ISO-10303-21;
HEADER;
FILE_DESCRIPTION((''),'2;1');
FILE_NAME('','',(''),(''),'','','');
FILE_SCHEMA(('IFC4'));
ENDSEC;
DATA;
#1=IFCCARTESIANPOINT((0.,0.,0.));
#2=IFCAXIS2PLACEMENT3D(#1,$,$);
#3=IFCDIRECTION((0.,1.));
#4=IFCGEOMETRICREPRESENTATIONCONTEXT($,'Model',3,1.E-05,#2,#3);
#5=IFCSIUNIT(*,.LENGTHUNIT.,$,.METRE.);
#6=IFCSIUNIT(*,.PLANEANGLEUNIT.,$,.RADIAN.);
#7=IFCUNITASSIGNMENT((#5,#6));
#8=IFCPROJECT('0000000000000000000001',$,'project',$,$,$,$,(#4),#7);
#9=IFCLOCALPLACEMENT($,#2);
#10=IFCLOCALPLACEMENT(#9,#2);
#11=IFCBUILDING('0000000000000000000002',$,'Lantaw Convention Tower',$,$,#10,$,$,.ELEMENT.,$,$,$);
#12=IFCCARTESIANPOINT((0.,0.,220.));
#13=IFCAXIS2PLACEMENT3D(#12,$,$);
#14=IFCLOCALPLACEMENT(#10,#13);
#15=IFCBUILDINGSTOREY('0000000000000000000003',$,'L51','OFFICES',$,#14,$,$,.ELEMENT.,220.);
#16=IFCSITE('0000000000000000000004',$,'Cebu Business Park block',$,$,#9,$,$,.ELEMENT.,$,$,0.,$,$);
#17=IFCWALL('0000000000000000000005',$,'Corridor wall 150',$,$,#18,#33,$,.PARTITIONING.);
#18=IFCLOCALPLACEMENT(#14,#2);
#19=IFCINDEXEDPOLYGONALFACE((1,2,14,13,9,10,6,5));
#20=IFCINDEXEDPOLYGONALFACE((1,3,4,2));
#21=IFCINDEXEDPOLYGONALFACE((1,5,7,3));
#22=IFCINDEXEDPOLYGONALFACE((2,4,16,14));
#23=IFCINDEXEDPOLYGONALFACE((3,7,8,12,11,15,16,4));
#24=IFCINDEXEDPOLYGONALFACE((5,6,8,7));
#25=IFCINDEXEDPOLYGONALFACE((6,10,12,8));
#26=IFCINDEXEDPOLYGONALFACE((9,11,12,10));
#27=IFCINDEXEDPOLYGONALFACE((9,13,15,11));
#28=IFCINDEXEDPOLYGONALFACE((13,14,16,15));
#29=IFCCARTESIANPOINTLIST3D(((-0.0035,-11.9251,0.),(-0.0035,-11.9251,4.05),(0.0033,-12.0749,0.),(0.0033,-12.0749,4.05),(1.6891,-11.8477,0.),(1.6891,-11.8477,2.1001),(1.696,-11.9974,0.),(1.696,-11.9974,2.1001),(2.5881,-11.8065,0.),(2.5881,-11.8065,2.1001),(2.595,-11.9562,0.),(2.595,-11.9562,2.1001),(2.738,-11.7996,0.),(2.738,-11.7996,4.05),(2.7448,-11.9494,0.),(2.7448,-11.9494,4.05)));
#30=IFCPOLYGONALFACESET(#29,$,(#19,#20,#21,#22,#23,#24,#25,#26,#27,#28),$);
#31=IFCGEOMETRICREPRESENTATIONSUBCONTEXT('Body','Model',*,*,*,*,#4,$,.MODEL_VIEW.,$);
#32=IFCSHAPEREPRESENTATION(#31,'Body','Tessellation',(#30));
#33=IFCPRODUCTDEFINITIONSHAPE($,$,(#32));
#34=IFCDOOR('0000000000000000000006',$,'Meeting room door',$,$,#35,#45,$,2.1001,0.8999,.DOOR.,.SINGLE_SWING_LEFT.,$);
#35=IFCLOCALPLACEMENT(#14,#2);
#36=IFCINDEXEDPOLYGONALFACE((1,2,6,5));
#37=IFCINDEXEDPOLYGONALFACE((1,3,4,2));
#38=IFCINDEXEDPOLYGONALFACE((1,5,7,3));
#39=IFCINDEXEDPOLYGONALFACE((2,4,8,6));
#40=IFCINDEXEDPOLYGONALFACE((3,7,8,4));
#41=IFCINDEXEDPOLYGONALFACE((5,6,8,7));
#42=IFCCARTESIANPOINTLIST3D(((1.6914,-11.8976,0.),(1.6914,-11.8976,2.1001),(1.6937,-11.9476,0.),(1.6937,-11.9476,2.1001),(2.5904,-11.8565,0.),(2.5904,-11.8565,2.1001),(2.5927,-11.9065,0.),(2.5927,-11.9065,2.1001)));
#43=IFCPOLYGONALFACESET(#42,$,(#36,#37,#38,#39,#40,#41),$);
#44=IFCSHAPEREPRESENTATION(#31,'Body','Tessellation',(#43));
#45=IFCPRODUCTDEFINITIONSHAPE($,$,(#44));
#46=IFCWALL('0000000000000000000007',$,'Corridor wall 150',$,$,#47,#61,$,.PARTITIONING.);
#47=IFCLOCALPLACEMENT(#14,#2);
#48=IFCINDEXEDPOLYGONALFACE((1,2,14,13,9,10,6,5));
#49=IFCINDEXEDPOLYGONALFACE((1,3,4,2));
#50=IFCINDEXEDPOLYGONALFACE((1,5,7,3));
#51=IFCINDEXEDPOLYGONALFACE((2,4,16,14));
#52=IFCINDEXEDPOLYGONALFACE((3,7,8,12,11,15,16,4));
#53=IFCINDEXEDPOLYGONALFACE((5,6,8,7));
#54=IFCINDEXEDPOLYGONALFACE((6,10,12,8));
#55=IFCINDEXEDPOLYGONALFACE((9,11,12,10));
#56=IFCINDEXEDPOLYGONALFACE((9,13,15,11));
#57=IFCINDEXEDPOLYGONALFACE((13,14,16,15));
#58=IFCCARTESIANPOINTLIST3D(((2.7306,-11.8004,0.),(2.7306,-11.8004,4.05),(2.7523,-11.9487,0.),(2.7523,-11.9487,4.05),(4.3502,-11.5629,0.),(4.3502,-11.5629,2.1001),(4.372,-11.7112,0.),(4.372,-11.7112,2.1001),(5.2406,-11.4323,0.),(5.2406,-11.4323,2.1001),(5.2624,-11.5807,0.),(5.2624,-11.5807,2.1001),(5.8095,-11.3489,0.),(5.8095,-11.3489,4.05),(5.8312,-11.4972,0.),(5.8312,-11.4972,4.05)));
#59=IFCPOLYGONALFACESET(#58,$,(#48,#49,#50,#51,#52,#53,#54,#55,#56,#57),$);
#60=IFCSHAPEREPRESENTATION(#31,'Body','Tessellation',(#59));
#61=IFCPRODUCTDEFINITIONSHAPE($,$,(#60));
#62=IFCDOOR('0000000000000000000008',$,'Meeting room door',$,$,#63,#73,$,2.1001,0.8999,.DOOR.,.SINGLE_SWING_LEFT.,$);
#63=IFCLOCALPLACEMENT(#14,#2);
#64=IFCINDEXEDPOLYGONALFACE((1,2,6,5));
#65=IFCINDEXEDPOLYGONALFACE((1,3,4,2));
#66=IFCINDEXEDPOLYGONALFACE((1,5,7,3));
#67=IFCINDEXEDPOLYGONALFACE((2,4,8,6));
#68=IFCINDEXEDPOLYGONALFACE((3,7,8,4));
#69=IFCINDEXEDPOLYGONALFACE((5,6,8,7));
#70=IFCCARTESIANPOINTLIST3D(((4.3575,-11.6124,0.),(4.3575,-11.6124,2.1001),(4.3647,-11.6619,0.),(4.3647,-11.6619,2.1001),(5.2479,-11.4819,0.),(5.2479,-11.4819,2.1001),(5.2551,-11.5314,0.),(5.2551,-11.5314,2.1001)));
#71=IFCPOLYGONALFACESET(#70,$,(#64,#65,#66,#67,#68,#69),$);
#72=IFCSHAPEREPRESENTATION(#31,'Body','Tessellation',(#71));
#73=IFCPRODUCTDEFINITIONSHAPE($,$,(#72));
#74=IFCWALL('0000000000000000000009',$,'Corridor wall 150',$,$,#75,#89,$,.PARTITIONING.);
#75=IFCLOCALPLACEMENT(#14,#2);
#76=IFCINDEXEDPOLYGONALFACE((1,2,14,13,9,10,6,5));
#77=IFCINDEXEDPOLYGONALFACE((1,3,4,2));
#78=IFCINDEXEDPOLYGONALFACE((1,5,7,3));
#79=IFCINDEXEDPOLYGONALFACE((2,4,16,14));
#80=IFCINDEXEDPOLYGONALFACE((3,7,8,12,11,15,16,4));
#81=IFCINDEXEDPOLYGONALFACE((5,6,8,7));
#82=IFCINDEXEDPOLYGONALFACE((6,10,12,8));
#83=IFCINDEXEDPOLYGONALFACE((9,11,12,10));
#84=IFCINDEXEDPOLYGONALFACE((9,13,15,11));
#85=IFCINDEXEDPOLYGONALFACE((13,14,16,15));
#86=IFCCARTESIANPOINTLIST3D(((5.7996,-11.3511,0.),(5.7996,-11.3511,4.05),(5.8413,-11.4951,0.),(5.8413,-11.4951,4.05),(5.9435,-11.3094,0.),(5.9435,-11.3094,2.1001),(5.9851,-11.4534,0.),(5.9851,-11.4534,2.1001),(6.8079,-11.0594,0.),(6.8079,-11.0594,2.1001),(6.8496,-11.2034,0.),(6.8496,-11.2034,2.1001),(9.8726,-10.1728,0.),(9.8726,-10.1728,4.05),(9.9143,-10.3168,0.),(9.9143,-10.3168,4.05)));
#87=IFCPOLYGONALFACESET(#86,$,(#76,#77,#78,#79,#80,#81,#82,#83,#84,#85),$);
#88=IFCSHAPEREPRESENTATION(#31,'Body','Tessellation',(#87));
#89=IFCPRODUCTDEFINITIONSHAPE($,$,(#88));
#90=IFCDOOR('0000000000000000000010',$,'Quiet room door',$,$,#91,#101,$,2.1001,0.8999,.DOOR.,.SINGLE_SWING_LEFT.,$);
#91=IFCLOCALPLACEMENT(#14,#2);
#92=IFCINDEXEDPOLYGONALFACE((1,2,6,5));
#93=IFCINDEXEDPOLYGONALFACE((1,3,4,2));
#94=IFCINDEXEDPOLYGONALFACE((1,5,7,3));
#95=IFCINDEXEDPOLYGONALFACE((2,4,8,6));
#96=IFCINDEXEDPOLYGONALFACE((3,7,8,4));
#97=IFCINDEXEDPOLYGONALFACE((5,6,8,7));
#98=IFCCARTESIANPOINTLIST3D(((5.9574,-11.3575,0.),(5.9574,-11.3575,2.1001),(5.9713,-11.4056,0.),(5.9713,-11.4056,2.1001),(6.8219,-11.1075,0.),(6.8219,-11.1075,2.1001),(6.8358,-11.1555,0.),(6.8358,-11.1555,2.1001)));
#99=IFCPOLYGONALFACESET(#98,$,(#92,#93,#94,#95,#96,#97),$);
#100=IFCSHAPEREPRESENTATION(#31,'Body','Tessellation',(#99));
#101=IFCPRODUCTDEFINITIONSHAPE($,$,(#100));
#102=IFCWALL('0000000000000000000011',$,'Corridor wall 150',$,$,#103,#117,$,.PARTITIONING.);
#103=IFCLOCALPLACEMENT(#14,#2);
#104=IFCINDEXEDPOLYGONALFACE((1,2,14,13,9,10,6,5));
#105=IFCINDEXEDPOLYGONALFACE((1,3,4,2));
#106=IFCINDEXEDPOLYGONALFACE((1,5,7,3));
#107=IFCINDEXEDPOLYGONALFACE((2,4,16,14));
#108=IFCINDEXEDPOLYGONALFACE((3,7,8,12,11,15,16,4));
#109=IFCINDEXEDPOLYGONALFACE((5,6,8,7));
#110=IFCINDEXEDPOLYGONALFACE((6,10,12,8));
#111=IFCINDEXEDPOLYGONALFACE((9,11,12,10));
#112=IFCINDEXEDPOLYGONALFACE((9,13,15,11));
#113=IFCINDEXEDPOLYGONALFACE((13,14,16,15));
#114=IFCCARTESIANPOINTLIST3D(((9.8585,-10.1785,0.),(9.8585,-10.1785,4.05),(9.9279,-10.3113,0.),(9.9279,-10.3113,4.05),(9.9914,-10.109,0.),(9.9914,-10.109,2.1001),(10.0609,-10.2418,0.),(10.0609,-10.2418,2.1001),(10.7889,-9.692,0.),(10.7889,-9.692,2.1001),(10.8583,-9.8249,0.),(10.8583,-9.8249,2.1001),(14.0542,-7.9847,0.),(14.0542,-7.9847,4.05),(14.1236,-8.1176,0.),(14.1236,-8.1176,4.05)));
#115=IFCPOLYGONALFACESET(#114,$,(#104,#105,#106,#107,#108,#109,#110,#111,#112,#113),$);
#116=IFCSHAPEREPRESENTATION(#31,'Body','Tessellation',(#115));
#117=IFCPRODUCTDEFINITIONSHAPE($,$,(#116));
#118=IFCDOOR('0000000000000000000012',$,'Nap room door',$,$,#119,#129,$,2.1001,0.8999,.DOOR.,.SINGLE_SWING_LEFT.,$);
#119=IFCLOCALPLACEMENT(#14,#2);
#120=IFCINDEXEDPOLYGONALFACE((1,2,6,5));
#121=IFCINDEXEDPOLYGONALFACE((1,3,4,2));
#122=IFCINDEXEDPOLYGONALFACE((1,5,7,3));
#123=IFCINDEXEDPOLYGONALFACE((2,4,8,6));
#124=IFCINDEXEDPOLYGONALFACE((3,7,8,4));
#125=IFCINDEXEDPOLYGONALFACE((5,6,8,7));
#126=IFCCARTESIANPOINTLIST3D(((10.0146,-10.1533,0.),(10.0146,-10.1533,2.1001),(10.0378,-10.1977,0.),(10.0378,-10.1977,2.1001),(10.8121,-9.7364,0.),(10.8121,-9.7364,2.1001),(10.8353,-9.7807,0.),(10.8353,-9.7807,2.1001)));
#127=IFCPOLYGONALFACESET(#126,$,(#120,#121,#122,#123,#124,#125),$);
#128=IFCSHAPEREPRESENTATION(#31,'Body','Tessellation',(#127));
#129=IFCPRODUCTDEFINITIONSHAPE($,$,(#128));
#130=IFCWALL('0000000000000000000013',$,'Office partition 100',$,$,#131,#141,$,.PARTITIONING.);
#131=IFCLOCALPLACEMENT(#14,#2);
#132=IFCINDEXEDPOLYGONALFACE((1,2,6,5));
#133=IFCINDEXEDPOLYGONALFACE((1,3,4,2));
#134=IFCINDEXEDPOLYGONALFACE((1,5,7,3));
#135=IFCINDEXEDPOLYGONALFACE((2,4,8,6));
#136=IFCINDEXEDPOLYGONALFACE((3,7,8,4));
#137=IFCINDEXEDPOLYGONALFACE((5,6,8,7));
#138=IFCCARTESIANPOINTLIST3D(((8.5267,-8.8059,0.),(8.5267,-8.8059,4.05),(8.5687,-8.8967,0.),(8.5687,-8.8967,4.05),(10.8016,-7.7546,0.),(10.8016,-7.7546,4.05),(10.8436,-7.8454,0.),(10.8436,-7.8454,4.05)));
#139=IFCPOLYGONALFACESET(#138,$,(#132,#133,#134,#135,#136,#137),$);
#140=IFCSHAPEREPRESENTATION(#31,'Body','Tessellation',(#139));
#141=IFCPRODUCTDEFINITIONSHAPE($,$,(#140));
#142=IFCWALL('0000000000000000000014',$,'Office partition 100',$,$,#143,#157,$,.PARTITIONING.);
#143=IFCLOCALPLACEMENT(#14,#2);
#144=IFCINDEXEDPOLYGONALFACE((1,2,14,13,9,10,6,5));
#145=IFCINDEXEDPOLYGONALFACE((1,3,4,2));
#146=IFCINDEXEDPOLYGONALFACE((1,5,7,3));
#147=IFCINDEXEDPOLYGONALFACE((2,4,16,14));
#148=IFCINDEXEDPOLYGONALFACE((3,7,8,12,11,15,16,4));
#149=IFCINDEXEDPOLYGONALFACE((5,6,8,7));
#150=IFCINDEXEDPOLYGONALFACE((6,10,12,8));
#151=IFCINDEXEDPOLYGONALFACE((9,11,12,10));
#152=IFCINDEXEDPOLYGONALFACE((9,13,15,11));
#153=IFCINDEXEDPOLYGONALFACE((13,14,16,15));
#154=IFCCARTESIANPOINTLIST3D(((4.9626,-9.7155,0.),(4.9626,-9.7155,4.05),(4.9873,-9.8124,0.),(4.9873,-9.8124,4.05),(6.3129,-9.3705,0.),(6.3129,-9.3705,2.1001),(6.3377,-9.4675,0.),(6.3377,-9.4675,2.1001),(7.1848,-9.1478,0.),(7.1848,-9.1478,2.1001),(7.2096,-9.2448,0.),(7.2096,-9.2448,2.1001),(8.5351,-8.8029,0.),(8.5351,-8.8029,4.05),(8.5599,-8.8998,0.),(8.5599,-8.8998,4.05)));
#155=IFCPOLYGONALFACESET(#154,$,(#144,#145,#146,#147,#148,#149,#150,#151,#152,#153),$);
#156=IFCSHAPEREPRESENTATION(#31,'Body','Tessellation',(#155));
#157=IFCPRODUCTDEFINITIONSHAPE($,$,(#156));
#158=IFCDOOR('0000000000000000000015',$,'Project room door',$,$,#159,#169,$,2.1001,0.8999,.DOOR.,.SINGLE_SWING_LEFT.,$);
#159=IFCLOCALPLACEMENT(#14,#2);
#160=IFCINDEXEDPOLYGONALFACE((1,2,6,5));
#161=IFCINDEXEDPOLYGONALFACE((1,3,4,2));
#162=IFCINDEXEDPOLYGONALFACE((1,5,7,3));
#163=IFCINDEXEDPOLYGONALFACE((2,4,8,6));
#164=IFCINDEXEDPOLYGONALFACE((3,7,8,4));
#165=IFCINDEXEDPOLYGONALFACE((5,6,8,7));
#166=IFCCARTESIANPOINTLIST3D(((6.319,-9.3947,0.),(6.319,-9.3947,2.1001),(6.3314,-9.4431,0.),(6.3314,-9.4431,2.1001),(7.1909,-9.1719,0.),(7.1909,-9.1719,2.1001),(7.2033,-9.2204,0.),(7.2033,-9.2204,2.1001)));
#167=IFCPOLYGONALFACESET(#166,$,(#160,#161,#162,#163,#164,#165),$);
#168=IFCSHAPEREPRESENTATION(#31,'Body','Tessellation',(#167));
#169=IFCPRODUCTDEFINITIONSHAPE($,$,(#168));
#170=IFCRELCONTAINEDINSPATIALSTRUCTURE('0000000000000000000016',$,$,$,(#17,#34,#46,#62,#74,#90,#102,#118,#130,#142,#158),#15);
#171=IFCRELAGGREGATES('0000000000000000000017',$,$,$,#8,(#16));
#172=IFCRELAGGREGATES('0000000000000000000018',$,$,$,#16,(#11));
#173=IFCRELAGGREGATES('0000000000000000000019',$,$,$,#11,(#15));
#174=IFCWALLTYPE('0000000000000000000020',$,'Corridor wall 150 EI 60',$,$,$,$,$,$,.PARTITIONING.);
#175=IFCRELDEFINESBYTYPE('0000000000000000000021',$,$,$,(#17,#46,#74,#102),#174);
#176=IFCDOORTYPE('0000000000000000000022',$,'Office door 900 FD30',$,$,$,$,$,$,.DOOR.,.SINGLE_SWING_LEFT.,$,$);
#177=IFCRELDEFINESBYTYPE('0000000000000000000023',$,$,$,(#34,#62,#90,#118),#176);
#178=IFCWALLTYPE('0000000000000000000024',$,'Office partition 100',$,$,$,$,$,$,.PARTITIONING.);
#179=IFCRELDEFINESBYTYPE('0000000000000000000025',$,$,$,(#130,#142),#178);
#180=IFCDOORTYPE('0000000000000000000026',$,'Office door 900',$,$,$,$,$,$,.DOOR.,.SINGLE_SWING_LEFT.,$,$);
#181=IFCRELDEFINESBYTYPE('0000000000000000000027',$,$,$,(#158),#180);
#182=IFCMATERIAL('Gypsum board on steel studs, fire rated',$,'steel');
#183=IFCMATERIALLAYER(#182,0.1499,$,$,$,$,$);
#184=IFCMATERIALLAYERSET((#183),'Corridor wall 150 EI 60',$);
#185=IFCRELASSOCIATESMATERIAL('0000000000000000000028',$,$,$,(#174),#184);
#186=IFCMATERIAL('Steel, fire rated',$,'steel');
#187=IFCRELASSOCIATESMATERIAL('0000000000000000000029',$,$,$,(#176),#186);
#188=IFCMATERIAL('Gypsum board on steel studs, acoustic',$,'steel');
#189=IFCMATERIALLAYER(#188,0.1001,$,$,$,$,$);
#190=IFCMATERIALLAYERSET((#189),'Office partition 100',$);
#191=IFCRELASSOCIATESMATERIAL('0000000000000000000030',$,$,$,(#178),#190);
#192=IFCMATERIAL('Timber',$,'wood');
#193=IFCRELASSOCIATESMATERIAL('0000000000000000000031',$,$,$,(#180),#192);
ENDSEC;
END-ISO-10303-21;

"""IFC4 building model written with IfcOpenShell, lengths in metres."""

from ifc_helpers import new_model, si_unit, direction, frame, frame_2d, origin, place, context, subcontext, project, spatial, rectangle, extrude, material, layer, layer_set, type_object, element, fill, save


model = new_model("IFC4")

# Units and contexts
model_context = context("Model", 3, precision=1e-05, world=origin(), true_north=direction((0.0, 1.0)))
body_context = subcontext(model_context, "Body", "Model", "MODEL_VIEW")
ifc_project = project(units=[si_unit("LENGTHUNIT", "METRE"), si_unit("PLANEANGLEUNIT", "RADIAN")], contexts=[model_context])

# Site, building, storey
site_placement = place(None, origin())
site = spatial("IfcSite", under=ifc_project, at=site_placement, Name="Cebu Business Park block", CompositionType="ELEMENT", RefElevation=0.0)
building_placement = place(site_placement, origin())
building = spatial("IfcBuilding", under=site, at=building_placement, Name="Lantaw Convention Tower", CompositionType="ELEMENT")
storey_placement = place(building_placement, frame((0.0, 0.0, 220.0)))
storey = spatial("IfcBuildingStorey", under=building, at=storey_placement, Name="L51", Description="OFFICES", CompositionType="ELEMENT", Elevation=220.0)

# Walls, openings, doors
ifc_material_1 = material(Name="Steel, fire rated", Category="steel")
ifc_material_2 = material(Name="Gypsum board on steel studs, fire rated", Category="steel")
ifc_layer_1 = layer(ifc_material_2, 0.1499)
ifc_layer_set_1 = layer_set([ifc_layer_1], Name="Corridor wall 150 EI 60")
wall_type_1 = type_object("IfcWallType", Name="Corridor wall 150 EI 60", PredefinedType="PARTITIONING", material=ifc_layer_set_1)
wall_1_placement = place(storey_placement, frame((0.0, -12.0, 0.0), z_axis=(0.0, 0.0, 1.0), x_axis=(0.998954, 0.045726, 0.0)))
wall_1 = element("IfcWall", 1, at=wall_1_placement, inside=storey, type_object=wall_type_1, Name="Corridor wall 150", PredefinedType="PARTITIONING", context=body_context, shape_type="SweptSolid", body=[
    extrude(rectangle(XDim=2.7444, YDim=0.1499, at=frame_2d((1.3721, 0.0))), origin(), (0.0, 0.0, 1.0), 4.05),
])
opening_1_placement = place(wall_1_placement, frame((1.6943, 0.0, 0.0)))
opening_1 = element("IfcOpeningElement", 2, at=opening_1_placement, cuts=wall_1, PredefinedType="OPENING", context=body_context, shape_type="SweptSolid", body=[
    extrude(rectangle(XDim=0.8999, YDim=2.1001, at=frame_2d((0.45, 1.05))), frame((0.0, 0.085, 0.0), z_axis=(0.0, -1.0, 0.0), x_axis=(1.0, 0.0, 0.0)), (0.0, 0.0, 1.0), 0.1699),
])
door_type_1 = type_object("IfcDoorType", Name="Office door 900 FD30", OperationType="SINGLE_SWING_LEFT", PredefinedType="DOOR", material=ifc_material_1)
door_1_placement = place(opening_1_placement, origin())
door_1 = element("IfcDoor", 3, at=door_1_placement, inside=storey, type_object=door_type_1, Name="Meeting room door", OperationType="SINGLE_SWING_LEFT", OverallHeight=2.1001, OverallWidth=0.8999, PredefinedType="DOOR", context=body_context, shape_type="SweptSolid", body=[
    extrude(rectangle(XDim=0.8999, YDim=2.1001, at=frame_2d((0.45, 1.05))), frame((0.0, 0.0249, 0.0), z_axis=(0.0, -1.0, 0.0), x_axis=(1.0, 0.0, 0.0)), (0.0, 0.0, 1.0), 0.05),
])
fill(opening_1, door_1)
wall_2_placement = place(storey_placement, frame((2.7415, -11.8745, 0.0), z_axis=(0.0, 0.0, 1.0), x_axis=(0.989422, 0.145067, 0.0)))
wall_2 = element("IfcWall", 4, at=wall_2_placement, inside=storey, type_object=wall_type_1, Name="Corridor wall 150", PredefinedType="PARTITIONING", context=body_context, shape_type="SweptSolid", body=[
    extrude(rectangle(XDim=3.1118, YDim=0.1499, at=frame_2d((1.5559, 0.0))), origin(), (0.0, 0.0, 1.0), 4.05),
])
opening_2_placement = place(wall_2_placement, frame((1.637, 0.0, 0.0)))
opening_2 = element("IfcOpeningElement", 5, at=opening_2_placement, cuts=wall_2, PredefinedType="OPENING", context=body_context, shape_type="SweptSolid", body=[
    extrude(rectangle(XDim=0.8999, YDim=2.1001, at=frame_2d((0.45, 1.05))), frame((0.0, 0.085, 0.0), z_axis=(0.0, -1.0, 0.0), x_axis=(1.0, 0.0, 0.0)), (0.0, 0.0, 1.0), 0.1699),
])
door_2_placement = place(opening_2_placement, origin())
door_2 = element("IfcDoor", 6, at=door_2_placement, inside=storey, type_object=door_type_1, Name="Meeting room door", OperationType="SINGLE_SWING_LEFT", OverallHeight=2.1001, OverallWidth=0.8999, PredefinedType="DOOR", context=body_context, shape_type="SweptSolid", body=[
    extrude(rectangle(XDim=0.8999, YDim=2.1001, at=frame_2d((0.45, 1.05))), frame((0.0, 0.0249, 0.0), z_axis=(0.0, -1.0, 0.0), x_axis=(1.0, 0.0, 0.0)), (0.0, 0.0, 1.0), 0.05),
])
fill(opening_2, door_2)
wall_3_placement = place(storey_placement, frame((5.8203, -11.4231, 0.0), z_axis=(0.0, 0.0, 1.0), x_axis=(0.960615, 0.277883, 0.0)))
wall_3 = element("IfcWall", 7, at=wall_3_placement, inside=storey, type_object=wall_type_1, Name="Corridor wall 150", PredefinedType="PARTITIONING", context=body_context, shape_type="SweptSolid", body=[
    extrude(rectangle(XDim=4.24, YDim=0.1499, at=frame_2d((2.1201, 0.0))), origin(), (0.0, 0.0, 1.0), 4.05),
])
opening_3_placement = place(wall_3_placement, frame((0.1499, 0.0, 0.0)))
opening_3 = element("IfcOpeningElement", 8, at=opening_3_placement, cuts=wall_3, PredefinedType="OPENING", context=body_context, shape_type="SweptSolid", body=[
    extrude(rectangle(XDim=0.8999, YDim=2.1001, at=frame_2d((0.45, 1.05))), frame((0.0, 0.085, 0.0), z_axis=(0.0, -1.0, 0.0), x_axis=(1.0, 0.0, 0.0)), (0.0, 0.0, 1.0), 0.1699),
])
door_3_placement = place(opening_3_placement, origin())
door_3 = element("IfcDoor", 9, at=door_3_placement, inside=storey, type_object=door_type_1, Name="Quiet room door", OperationType="SINGLE_SWING_LEFT", OverallHeight=2.1001, OverallWidth=0.8999, PredefinedType="DOOR", context=body_context, shape_type="SweptSolid", body=[
    extrude(rectangle(XDim=0.8999, YDim=2.1001, at=frame_2d((0.45, 1.05))), frame((0.0, 0.0249, 0.0), z_axis=(0.0, -1.0, 0.0), x_axis=(1.0, 0.0, 0.0)), (0.0, 0.0, 1.0), 0.05),
])
fill(opening_3, door_3)
wall_4_placement = place(storey_placement, frame((9.8933, -10.2449, 0.0), z_axis=(0.0, 0.0, 1.0), x_axis=(0.886174, 0.463352, 0.0)))
wall_4 = element("IfcWall", 10, at=wall_4_placement, inside=storey, type_object=wall_type_1, Name="Corridor wall 150", PredefinedType="PARTITIONING", context=body_context, shape_type="SweptSolid", body=[
    extrude(rectangle(XDim=4.7346, YDim=0.1499, at=frame_2d((2.3672, 0.0))), origin(), (0.0, 0.0, 1.0), 4.05),
])
opening_4_placement = place(wall_4_placement, frame((0.1499, 0.0, 0.0)))
opening_4 = element("IfcOpeningElement", 11, at=opening_4_placement, cuts=wall_4, PredefinedType="OPENING", context=body_context, shape_type="SweptSolid", body=[
    extrude(rectangle(XDim=0.8999, YDim=2.1001, at=frame_2d((0.45, 1.05))), frame((0.0, 0.085, 0.0), z_axis=(0.0, -1.0, 0.0), x_axis=(1.0, 0.0, 0.0)), (0.0, 0.0, 1.0), 0.1699),
])
door_4_placement = place(opening_4_placement, origin())
door_4 = element("IfcDoor", 12, at=door_4_placement, inside=storey, type_object=door_type_1, Name="Nap room door", OperationType="SINGLE_SWING_LEFT", OverallHeight=2.1001, OverallWidth=0.8999, PredefinedType="DOOR", context=body_context, shape_type="SweptSolid", body=[
    extrude(rectangle(XDim=0.8999, YDim=2.1001, at=frame_2d((0.45, 1.05))), frame((0.0, 0.0249, 0.0), z_axis=(0.0, -1.0, 0.0), x_axis=(1.0, 0.0, 0.0)), (0.0, 0.0, 1.0), 0.05),
])
fill(opening_4, door_4)

# Wall
ifc_material_3 = material(Name="Gypsum board on steel studs, acoustic", Category="steel")
ifc_layer_2 = layer(ifc_material_3, 0.1001)
ifc_layer_set_2 = layer_set([ifc_layer_2], Name="Office partition 100")
wall_type_2 = type_object("IfcWallType", Name="Office partition 100", PredefinedType="PARTITIONING", material=ifc_layer_set_2)
wall_5_placement = place(storey_placement, frame((10.8225, -7.8, 0.0), z_axis=(0.0, 0.0, 1.0), x_axis=(-0.90776, -0.419491, 0.0)))
element("IfcWall", 13, at=wall_5_placement, inside=storey, type_object=wall_type_2, Name="Office partition 100", PredefinedType="PARTITIONING", context=body_context, shape_type="SweptSolid", body=[
    extrude(rectangle(XDim=2.5061, YDim=0.1001, at=frame_2d((1.2529, 0.0))), origin(), (0.0, 0.0, 1.0), 4.05),
])

# Wall, opening, door
wall_6_placement = place(storey_placement, frame((8.5476, -8.8513, 0.0), z_axis=(0.0, 0.0, 1.0), x_axis=(-0.968887, -0.247502, 0.0)))
wall_6 = element("IfcWall", 14, at=wall_6_placement, inside=storey, type_object=wall_type_2, Name="Office partition 100", PredefinedType="PARTITIONING", context=body_context, shape_type="SweptSolid", body=[
    extrude(rectangle(XDim=3.6873, YDim=0.1001, at=frame_2d((1.8438, 0.0))), origin(), (0.0, 0.0, 1.0), 4.05),
])
opening_5_placement = place(wall_6_placement, frame((1.3938, 0.0, 0.0)))
opening_5 = element("IfcOpeningElement", 15, at=opening_5_placement, cuts=wall_6, PredefinedType="OPENING", context=body_context, shape_type="SweptSolid", body=[
    extrude(rectangle(XDim=0.8999, YDim=2.1001, at=frame_2d((0.45, 1.05))), frame((0.0, 0.0601, 0.0), z_axis=(0.0, -1.0, 0.0), x_axis=(1.0, 0.0, 0.0)), (0.0, 0.0, 1.0), 0.1201),
])
ifc_material_4 = material(Name="Timber", Category="wood")
door_type_2 = type_object("IfcDoorType", Name="Office door 900", OperationType="SINGLE_SWING_LEFT", PredefinedType="DOOR", material=ifc_material_4)
door_5_placement = place(opening_5_placement, origin())
door_5 = element("IfcDoor", 16, at=door_5_placement, inside=storey, type_object=door_type_2, Name="Project room door", OperationType="SINGLE_SWING_LEFT", OverallHeight=2.1001, OverallWidth=0.8999, PredefinedType="DOOR", context=body_context, shape_type="SweptSolid", body=[
    extrude(rectangle(XDim=0.8999, YDim=2.1001, at=frame_2d((0.45, 1.05))), frame((0.0, 0.0249, 0.0), z_axis=(0.0, -1.0, 0.0), x_axis=(1.0, 0.0, 0.0)), (0.0, 0.0, 1.0), 0.05),
])
fill(opening_5, door_5)

save(model, "model.ifc")
